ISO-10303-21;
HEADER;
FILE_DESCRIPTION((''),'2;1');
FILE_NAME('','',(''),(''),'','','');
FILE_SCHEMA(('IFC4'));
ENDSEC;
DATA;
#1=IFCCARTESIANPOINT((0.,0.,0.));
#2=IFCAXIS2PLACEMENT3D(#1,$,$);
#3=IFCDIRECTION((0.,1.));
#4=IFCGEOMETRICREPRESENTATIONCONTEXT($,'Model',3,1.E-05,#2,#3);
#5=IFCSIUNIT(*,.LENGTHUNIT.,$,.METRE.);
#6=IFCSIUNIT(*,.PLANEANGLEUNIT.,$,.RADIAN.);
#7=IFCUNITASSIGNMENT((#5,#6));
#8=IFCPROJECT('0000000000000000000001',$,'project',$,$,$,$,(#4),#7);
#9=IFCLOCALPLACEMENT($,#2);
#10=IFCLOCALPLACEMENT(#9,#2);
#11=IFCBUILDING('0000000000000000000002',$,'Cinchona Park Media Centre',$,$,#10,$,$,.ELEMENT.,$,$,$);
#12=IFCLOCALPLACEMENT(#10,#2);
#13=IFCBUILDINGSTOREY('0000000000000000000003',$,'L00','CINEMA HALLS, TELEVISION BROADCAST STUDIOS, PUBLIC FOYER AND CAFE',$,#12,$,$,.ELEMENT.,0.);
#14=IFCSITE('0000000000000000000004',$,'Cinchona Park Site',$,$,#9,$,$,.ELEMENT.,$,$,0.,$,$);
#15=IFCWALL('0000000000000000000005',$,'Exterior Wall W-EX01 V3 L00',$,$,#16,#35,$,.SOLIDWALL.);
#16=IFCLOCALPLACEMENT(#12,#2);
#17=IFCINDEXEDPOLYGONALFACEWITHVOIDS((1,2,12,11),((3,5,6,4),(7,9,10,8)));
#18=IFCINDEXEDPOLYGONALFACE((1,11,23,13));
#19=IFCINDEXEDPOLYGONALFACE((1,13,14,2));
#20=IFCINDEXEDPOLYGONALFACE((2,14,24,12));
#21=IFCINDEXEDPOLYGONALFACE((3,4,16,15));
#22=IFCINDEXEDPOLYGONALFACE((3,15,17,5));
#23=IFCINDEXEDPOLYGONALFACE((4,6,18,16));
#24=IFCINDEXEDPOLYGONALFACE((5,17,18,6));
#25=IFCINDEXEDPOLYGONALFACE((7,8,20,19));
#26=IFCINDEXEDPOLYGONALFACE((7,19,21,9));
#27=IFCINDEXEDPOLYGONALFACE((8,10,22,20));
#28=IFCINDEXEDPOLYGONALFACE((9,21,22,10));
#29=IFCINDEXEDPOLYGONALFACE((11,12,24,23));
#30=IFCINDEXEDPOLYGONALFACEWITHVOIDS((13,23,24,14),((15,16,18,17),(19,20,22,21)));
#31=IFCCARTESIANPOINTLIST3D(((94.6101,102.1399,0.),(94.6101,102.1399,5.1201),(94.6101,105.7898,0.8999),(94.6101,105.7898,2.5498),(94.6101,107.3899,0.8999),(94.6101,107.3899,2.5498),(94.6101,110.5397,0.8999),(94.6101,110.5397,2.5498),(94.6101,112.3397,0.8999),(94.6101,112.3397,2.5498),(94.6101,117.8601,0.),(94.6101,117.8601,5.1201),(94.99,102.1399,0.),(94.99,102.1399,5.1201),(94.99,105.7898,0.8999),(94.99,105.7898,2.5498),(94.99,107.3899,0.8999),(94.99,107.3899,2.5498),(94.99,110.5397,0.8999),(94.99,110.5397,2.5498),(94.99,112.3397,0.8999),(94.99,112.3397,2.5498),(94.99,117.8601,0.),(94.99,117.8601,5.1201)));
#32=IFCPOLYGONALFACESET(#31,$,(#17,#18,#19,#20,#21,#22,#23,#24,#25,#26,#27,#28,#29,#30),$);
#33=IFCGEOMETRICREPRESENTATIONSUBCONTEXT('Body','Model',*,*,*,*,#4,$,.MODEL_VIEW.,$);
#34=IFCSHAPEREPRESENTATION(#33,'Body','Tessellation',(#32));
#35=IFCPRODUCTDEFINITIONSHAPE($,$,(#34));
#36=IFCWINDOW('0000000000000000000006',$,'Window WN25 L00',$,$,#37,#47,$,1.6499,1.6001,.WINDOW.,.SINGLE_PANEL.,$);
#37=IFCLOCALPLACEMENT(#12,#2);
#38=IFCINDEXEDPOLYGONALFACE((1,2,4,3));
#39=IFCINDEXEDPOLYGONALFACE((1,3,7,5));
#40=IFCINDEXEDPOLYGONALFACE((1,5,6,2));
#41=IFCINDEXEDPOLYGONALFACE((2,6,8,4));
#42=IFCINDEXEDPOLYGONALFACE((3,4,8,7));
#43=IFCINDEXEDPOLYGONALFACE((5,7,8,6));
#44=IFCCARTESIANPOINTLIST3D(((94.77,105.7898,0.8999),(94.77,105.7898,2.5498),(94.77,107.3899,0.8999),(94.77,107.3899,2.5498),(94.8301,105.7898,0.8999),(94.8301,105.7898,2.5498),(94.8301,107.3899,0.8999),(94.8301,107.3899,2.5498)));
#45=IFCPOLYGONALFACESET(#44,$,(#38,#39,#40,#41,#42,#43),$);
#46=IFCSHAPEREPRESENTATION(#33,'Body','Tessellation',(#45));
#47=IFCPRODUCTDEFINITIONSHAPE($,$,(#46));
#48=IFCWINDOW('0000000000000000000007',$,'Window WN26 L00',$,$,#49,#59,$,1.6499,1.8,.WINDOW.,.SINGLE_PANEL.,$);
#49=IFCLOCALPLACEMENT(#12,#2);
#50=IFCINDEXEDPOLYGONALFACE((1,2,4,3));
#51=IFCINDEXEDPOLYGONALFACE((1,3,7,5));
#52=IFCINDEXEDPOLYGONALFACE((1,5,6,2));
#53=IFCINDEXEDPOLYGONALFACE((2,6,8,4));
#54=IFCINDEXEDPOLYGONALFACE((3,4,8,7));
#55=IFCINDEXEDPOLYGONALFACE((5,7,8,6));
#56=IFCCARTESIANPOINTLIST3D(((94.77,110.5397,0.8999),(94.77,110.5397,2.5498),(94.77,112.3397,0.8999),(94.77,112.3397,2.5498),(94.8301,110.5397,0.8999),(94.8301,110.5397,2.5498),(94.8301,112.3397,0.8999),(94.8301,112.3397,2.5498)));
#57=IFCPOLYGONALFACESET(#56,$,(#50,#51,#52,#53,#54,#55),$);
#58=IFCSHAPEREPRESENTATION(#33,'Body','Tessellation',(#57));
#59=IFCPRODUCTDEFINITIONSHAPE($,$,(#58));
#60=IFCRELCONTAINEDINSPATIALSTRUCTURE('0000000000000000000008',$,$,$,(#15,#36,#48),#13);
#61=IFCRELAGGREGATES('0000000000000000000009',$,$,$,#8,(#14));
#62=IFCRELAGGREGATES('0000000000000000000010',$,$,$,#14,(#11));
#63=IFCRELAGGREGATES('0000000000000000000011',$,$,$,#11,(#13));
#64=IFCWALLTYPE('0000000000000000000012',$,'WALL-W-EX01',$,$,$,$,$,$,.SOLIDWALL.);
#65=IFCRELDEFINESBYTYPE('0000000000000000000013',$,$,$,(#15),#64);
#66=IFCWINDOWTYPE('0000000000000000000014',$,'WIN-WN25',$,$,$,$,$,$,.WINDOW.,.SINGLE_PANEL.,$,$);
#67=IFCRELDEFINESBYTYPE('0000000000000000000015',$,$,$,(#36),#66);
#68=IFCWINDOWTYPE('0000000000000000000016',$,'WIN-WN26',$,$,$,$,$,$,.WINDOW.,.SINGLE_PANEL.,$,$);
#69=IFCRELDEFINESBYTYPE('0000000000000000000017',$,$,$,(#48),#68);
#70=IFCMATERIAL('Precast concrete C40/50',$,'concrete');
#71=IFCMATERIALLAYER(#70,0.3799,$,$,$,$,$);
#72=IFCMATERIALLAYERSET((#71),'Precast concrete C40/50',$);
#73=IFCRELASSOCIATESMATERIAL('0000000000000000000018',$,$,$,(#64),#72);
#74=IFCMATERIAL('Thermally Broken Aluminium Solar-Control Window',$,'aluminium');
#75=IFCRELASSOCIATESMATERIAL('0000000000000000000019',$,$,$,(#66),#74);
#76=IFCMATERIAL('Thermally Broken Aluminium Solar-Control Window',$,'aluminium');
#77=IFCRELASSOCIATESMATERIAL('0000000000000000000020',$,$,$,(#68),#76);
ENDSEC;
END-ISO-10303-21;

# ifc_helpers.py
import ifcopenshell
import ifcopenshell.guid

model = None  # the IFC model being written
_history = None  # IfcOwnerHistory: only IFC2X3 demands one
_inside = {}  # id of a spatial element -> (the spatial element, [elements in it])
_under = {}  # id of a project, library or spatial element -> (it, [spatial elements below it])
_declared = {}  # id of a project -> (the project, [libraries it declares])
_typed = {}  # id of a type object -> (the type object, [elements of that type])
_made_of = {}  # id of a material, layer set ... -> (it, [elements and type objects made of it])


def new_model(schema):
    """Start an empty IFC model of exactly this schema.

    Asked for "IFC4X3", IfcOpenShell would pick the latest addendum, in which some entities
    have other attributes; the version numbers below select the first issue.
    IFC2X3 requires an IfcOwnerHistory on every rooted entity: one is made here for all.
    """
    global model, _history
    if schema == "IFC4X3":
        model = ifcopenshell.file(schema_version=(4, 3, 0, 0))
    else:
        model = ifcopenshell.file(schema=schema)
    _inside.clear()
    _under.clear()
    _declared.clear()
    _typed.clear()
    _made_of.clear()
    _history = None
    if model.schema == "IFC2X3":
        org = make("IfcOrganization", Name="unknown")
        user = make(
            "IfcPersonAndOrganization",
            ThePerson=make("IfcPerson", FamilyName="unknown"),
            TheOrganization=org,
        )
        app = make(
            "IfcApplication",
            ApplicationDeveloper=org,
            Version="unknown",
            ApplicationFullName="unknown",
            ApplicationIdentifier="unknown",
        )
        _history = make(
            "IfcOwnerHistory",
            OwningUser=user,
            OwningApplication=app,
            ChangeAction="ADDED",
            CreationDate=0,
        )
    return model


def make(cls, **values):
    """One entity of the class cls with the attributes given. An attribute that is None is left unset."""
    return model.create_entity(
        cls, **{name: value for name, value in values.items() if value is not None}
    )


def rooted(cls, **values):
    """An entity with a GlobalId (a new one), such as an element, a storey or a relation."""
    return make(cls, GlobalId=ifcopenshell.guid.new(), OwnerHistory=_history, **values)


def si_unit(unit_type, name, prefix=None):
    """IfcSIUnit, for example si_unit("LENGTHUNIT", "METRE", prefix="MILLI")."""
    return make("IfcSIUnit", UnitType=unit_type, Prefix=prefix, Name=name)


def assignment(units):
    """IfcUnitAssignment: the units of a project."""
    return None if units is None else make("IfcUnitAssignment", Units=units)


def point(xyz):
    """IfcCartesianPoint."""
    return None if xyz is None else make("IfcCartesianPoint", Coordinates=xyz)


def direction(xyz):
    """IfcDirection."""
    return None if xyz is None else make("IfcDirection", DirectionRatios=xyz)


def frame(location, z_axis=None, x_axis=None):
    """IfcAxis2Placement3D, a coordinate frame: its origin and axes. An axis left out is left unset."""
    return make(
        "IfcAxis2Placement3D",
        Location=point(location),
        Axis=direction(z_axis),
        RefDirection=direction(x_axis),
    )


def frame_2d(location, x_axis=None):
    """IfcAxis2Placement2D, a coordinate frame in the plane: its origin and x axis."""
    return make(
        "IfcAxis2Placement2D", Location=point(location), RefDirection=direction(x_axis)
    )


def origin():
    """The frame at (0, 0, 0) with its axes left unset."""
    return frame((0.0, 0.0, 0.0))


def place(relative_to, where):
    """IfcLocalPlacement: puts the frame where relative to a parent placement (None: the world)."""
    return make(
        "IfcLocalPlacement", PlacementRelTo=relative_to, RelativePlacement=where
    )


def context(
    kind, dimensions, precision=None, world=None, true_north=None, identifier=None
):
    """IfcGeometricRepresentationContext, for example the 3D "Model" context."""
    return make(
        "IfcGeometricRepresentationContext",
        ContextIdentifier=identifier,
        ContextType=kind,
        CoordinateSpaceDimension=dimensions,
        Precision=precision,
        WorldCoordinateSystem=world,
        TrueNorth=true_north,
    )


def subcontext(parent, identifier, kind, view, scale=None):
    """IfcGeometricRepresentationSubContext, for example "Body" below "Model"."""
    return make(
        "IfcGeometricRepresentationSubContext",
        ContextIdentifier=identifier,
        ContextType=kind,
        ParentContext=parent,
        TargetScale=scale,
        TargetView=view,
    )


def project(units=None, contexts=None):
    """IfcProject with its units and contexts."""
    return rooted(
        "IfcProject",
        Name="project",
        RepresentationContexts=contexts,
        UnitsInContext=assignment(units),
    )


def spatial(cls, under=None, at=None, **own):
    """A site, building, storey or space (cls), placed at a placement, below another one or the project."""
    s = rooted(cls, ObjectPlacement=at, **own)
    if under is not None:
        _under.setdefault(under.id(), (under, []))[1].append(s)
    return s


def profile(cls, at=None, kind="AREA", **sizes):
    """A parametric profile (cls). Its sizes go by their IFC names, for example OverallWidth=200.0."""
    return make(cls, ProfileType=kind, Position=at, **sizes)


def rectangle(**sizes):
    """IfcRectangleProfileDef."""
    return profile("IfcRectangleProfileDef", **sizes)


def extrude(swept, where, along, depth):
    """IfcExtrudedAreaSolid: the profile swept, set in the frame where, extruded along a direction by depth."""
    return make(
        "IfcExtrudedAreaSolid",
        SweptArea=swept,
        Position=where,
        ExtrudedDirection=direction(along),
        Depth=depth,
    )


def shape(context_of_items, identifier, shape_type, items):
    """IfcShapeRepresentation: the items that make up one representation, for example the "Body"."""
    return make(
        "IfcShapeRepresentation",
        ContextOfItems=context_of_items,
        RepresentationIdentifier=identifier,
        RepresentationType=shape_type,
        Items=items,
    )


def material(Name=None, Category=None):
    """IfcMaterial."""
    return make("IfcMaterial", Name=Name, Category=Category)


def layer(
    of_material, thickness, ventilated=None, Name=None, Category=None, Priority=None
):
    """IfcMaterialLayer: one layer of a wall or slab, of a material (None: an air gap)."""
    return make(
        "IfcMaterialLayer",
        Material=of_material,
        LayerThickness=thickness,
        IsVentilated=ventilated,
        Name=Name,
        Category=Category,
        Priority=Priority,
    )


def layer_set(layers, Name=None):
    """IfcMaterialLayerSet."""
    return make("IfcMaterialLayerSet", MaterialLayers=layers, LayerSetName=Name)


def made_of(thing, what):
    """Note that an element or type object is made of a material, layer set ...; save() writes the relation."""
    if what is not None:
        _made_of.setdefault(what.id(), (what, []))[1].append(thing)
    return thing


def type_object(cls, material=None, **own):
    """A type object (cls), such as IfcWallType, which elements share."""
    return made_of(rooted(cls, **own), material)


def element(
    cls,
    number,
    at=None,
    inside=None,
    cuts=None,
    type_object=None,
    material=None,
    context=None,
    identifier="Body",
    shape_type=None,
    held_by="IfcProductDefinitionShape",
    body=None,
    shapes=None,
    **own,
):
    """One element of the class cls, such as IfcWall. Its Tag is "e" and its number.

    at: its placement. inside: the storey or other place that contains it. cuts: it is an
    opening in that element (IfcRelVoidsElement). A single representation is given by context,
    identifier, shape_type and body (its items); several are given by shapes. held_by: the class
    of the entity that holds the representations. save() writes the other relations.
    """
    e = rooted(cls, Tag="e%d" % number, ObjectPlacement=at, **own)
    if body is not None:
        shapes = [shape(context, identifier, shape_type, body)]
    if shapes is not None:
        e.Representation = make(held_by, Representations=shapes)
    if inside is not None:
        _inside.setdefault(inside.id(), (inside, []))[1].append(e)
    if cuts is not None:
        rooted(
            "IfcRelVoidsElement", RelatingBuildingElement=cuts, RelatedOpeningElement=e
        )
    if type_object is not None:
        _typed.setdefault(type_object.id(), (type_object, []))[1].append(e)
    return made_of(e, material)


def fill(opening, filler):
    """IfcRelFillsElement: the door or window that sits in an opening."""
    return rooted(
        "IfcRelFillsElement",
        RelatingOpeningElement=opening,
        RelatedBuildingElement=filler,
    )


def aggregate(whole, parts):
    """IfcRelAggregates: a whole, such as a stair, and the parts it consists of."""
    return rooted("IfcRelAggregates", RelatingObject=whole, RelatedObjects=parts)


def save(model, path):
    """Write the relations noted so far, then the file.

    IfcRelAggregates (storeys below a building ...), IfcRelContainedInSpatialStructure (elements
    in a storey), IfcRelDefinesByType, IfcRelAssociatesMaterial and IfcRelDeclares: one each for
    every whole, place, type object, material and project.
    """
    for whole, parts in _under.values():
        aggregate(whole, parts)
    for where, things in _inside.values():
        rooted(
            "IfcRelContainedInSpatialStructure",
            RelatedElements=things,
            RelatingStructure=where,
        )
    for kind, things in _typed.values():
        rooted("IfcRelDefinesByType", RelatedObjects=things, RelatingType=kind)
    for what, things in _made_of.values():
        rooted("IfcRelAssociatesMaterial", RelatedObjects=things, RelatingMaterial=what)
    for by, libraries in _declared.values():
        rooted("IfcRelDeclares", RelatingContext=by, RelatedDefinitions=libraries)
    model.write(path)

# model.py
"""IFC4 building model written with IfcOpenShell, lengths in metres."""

from ifc_helpers import new_model, si_unit, direction, frame, frame_2d, origin, place, context, subcontext, project, spatial, rectangle, extrude, material, layer, layer_set, type_object, element, fill, save


model = new_model("IFC4")

# Units and contexts
model_context = context("Model", 3, precision=1e-05, world=origin(), true_north=direction((0.0, 1.0)))
body_context = subcontext(model_context, "Body", "Model", "MODEL_VIEW")
ifc_project = project(units=[si_unit("LENGTHUNIT", "METRE"), si_unit("PLANEANGLEUNIT", "RADIAN")], contexts=[model_context])

# Site, building, storey
site_placement = place(None, origin())
site = spatial("IfcSite", under=ifc_project, at=site_placement, Name="Cinchona Park Site", CompositionType="ELEMENT", RefElevation=0.0)
building_placement = place(site_placement, origin())
building = spatial("IfcBuilding", under=site, at=building_placement, Name="Cinchona Park Media Centre", CompositionType="ELEMENT")
storey_placement = place(building_placement, origin())
storey = spatial("IfcBuildingStorey", under=building, at=storey_placement, Name="L00", Description="CINEMA HALLS, TELEVISION BROADCAST STUDIOS, PUBLIC FOYER AND CAFE", CompositionType="ELEMENT", Elevation=0.0)

# Wall, openings, windows
ifc_material_1 = material(Name="Precast concrete C40/50", Category="concrete")
ifc_layer_1 = layer(ifc_material_1, 0.3799)
ifc_layer_set_1 = layer_set([ifc_layer_1], Name="Precast concrete C40/50")
wall_type_1 = type_object("IfcWallType", Name="WALL-W-EX01", PredefinedType="SOLIDWALL", material=ifc_layer_set_1)
wall_1_placement = place(storey_placement, frame((94.8, 102.1399, 0.0), z_axis=(0.0, 0.0, 1.0), x_axis=(0.0, 1.0, 0.0)))
wall_1 = element("IfcWall", 1, at=wall_1_placement, inside=storey, type_object=wall_type_1, Name="Exterior Wall W-EX01 V3 L00", PredefinedType="SOLIDWALL", context=body_context, shape_type="SweptSolid", body=[
    extrude(rectangle(XDim=15.7202, YDim=0.3799, at=frame_2d((7.8601, 0.0))), origin(), (0.0, 0.0, 1.0), 5.1201),
])
opening_1_placement = place(wall_1_placement, frame((3.6499, 0.0, 0.8999)))
opening_1 = element("IfcOpeningElement", 2, at=opening_1_placement, cuts=wall_1, PredefinedType="OPENING", context=body_context, shape_type="SweptSolid", body=[
    extrude(rectangle(XDim=1.6001, YDim=1.6499, at=frame_2d((0.8, 0.825))), frame((0.0, 0.2, 0.0), z_axis=(0.0, -1.0, 0.0), x_axis=(1.0, 0.0, 0.0)), (0.0, 0.0, 1.0), 0.3999),
])
opening_2_placement = place(wall_1_placement, frame((8.3999, 0.0, 0.8999)))
opening_2 = element("IfcOpeningElement", 3, at=opening_2_placement, cuts=wall_1, PredefinedType="OPENING", context=body_context, shape_type="SweptSolid", body=[
    extrude(rectangle(XDim=1.8, YDim=1.6499, at=frame_2d((0.8999, 0.825))), frame((0.0, 0.2, 0.0), z_axis=(0.0, -1.0, 0.0), x_axis=(1.0, 0.0, 0.0)), (0.0, 0.0, 1.0), 0.3999),
])
ifc_material_2 = material(Name="Thermally Broken Aluminium Solar-Control Window", Category="aluminium")
window_type_1 = type_object("IfcWindowType", Name="WIN-WN25", PartitioningType="SINGLE_PANEL", PredefinedType="WINDOW", material=ifc_material_2)
window_1_placement = place(opening_1_placement, origin())
window_1 = element("IfcWindow", 4, at=window_1_placement, inside=storey, type_object=window_type_1, Name="Window WN25 L00", OverallHeight=1.6499, OverallWidth=1.6001, PartitioningType="SINGLE_PANEL", PredefinedType="WINDOW", context=body_context, shape_type="SweptSolid", body=[
    extrude(rectangle(XDim=1.6001, YDim=1.6499, at=frame_2d((0.8, 0.825))), frame((0.0, 0.03, 0.0), z_axis=(0.0, -1.0, 0.0), x_axis=(1.0, 0.0, 0.0)), (0.0, 0.0, 1.0), 0.0601),
])
fill(opening_1, window_1)
ifc_material_3 = material(Name="Thermally Broken Aluminium Solar-Control Window", Category="aluminium")
window_type_2 = type_object("IfcWindowType", Name="WIN-WN26", PartitioningType="SINGLE_PANEL", PredefinedType="WINDOW", material=ifc_material_3)
window_2_placement = place(opening_2_placement, origin())
window_2 = element("IfcWindow", 5, at=window_2_placement, inside=storey, type_object=window_type_2, Name="Window WN26 L00", OverallHeight=1.6499, OverallWidth=1.8, PartitioningType="SINGLE_PANEL", PredefinedType="WINDOW", context=body_context, shape_type="SweptSolid", body=[
    extrude(rectangle(XDim=1.8, YDim=1.6499, at=frame_2d((0.8999, 0.825))), frame((0.0, 0.03, 0.0), z_axis=(0.0, -1.0, 0.0), x_axis=(1.0, 0.0, 0.0)), (0.0, 0.0, 1.0), 0.0601),
])
fill(opening_2, window_2)

save(model, "model.ifc")
